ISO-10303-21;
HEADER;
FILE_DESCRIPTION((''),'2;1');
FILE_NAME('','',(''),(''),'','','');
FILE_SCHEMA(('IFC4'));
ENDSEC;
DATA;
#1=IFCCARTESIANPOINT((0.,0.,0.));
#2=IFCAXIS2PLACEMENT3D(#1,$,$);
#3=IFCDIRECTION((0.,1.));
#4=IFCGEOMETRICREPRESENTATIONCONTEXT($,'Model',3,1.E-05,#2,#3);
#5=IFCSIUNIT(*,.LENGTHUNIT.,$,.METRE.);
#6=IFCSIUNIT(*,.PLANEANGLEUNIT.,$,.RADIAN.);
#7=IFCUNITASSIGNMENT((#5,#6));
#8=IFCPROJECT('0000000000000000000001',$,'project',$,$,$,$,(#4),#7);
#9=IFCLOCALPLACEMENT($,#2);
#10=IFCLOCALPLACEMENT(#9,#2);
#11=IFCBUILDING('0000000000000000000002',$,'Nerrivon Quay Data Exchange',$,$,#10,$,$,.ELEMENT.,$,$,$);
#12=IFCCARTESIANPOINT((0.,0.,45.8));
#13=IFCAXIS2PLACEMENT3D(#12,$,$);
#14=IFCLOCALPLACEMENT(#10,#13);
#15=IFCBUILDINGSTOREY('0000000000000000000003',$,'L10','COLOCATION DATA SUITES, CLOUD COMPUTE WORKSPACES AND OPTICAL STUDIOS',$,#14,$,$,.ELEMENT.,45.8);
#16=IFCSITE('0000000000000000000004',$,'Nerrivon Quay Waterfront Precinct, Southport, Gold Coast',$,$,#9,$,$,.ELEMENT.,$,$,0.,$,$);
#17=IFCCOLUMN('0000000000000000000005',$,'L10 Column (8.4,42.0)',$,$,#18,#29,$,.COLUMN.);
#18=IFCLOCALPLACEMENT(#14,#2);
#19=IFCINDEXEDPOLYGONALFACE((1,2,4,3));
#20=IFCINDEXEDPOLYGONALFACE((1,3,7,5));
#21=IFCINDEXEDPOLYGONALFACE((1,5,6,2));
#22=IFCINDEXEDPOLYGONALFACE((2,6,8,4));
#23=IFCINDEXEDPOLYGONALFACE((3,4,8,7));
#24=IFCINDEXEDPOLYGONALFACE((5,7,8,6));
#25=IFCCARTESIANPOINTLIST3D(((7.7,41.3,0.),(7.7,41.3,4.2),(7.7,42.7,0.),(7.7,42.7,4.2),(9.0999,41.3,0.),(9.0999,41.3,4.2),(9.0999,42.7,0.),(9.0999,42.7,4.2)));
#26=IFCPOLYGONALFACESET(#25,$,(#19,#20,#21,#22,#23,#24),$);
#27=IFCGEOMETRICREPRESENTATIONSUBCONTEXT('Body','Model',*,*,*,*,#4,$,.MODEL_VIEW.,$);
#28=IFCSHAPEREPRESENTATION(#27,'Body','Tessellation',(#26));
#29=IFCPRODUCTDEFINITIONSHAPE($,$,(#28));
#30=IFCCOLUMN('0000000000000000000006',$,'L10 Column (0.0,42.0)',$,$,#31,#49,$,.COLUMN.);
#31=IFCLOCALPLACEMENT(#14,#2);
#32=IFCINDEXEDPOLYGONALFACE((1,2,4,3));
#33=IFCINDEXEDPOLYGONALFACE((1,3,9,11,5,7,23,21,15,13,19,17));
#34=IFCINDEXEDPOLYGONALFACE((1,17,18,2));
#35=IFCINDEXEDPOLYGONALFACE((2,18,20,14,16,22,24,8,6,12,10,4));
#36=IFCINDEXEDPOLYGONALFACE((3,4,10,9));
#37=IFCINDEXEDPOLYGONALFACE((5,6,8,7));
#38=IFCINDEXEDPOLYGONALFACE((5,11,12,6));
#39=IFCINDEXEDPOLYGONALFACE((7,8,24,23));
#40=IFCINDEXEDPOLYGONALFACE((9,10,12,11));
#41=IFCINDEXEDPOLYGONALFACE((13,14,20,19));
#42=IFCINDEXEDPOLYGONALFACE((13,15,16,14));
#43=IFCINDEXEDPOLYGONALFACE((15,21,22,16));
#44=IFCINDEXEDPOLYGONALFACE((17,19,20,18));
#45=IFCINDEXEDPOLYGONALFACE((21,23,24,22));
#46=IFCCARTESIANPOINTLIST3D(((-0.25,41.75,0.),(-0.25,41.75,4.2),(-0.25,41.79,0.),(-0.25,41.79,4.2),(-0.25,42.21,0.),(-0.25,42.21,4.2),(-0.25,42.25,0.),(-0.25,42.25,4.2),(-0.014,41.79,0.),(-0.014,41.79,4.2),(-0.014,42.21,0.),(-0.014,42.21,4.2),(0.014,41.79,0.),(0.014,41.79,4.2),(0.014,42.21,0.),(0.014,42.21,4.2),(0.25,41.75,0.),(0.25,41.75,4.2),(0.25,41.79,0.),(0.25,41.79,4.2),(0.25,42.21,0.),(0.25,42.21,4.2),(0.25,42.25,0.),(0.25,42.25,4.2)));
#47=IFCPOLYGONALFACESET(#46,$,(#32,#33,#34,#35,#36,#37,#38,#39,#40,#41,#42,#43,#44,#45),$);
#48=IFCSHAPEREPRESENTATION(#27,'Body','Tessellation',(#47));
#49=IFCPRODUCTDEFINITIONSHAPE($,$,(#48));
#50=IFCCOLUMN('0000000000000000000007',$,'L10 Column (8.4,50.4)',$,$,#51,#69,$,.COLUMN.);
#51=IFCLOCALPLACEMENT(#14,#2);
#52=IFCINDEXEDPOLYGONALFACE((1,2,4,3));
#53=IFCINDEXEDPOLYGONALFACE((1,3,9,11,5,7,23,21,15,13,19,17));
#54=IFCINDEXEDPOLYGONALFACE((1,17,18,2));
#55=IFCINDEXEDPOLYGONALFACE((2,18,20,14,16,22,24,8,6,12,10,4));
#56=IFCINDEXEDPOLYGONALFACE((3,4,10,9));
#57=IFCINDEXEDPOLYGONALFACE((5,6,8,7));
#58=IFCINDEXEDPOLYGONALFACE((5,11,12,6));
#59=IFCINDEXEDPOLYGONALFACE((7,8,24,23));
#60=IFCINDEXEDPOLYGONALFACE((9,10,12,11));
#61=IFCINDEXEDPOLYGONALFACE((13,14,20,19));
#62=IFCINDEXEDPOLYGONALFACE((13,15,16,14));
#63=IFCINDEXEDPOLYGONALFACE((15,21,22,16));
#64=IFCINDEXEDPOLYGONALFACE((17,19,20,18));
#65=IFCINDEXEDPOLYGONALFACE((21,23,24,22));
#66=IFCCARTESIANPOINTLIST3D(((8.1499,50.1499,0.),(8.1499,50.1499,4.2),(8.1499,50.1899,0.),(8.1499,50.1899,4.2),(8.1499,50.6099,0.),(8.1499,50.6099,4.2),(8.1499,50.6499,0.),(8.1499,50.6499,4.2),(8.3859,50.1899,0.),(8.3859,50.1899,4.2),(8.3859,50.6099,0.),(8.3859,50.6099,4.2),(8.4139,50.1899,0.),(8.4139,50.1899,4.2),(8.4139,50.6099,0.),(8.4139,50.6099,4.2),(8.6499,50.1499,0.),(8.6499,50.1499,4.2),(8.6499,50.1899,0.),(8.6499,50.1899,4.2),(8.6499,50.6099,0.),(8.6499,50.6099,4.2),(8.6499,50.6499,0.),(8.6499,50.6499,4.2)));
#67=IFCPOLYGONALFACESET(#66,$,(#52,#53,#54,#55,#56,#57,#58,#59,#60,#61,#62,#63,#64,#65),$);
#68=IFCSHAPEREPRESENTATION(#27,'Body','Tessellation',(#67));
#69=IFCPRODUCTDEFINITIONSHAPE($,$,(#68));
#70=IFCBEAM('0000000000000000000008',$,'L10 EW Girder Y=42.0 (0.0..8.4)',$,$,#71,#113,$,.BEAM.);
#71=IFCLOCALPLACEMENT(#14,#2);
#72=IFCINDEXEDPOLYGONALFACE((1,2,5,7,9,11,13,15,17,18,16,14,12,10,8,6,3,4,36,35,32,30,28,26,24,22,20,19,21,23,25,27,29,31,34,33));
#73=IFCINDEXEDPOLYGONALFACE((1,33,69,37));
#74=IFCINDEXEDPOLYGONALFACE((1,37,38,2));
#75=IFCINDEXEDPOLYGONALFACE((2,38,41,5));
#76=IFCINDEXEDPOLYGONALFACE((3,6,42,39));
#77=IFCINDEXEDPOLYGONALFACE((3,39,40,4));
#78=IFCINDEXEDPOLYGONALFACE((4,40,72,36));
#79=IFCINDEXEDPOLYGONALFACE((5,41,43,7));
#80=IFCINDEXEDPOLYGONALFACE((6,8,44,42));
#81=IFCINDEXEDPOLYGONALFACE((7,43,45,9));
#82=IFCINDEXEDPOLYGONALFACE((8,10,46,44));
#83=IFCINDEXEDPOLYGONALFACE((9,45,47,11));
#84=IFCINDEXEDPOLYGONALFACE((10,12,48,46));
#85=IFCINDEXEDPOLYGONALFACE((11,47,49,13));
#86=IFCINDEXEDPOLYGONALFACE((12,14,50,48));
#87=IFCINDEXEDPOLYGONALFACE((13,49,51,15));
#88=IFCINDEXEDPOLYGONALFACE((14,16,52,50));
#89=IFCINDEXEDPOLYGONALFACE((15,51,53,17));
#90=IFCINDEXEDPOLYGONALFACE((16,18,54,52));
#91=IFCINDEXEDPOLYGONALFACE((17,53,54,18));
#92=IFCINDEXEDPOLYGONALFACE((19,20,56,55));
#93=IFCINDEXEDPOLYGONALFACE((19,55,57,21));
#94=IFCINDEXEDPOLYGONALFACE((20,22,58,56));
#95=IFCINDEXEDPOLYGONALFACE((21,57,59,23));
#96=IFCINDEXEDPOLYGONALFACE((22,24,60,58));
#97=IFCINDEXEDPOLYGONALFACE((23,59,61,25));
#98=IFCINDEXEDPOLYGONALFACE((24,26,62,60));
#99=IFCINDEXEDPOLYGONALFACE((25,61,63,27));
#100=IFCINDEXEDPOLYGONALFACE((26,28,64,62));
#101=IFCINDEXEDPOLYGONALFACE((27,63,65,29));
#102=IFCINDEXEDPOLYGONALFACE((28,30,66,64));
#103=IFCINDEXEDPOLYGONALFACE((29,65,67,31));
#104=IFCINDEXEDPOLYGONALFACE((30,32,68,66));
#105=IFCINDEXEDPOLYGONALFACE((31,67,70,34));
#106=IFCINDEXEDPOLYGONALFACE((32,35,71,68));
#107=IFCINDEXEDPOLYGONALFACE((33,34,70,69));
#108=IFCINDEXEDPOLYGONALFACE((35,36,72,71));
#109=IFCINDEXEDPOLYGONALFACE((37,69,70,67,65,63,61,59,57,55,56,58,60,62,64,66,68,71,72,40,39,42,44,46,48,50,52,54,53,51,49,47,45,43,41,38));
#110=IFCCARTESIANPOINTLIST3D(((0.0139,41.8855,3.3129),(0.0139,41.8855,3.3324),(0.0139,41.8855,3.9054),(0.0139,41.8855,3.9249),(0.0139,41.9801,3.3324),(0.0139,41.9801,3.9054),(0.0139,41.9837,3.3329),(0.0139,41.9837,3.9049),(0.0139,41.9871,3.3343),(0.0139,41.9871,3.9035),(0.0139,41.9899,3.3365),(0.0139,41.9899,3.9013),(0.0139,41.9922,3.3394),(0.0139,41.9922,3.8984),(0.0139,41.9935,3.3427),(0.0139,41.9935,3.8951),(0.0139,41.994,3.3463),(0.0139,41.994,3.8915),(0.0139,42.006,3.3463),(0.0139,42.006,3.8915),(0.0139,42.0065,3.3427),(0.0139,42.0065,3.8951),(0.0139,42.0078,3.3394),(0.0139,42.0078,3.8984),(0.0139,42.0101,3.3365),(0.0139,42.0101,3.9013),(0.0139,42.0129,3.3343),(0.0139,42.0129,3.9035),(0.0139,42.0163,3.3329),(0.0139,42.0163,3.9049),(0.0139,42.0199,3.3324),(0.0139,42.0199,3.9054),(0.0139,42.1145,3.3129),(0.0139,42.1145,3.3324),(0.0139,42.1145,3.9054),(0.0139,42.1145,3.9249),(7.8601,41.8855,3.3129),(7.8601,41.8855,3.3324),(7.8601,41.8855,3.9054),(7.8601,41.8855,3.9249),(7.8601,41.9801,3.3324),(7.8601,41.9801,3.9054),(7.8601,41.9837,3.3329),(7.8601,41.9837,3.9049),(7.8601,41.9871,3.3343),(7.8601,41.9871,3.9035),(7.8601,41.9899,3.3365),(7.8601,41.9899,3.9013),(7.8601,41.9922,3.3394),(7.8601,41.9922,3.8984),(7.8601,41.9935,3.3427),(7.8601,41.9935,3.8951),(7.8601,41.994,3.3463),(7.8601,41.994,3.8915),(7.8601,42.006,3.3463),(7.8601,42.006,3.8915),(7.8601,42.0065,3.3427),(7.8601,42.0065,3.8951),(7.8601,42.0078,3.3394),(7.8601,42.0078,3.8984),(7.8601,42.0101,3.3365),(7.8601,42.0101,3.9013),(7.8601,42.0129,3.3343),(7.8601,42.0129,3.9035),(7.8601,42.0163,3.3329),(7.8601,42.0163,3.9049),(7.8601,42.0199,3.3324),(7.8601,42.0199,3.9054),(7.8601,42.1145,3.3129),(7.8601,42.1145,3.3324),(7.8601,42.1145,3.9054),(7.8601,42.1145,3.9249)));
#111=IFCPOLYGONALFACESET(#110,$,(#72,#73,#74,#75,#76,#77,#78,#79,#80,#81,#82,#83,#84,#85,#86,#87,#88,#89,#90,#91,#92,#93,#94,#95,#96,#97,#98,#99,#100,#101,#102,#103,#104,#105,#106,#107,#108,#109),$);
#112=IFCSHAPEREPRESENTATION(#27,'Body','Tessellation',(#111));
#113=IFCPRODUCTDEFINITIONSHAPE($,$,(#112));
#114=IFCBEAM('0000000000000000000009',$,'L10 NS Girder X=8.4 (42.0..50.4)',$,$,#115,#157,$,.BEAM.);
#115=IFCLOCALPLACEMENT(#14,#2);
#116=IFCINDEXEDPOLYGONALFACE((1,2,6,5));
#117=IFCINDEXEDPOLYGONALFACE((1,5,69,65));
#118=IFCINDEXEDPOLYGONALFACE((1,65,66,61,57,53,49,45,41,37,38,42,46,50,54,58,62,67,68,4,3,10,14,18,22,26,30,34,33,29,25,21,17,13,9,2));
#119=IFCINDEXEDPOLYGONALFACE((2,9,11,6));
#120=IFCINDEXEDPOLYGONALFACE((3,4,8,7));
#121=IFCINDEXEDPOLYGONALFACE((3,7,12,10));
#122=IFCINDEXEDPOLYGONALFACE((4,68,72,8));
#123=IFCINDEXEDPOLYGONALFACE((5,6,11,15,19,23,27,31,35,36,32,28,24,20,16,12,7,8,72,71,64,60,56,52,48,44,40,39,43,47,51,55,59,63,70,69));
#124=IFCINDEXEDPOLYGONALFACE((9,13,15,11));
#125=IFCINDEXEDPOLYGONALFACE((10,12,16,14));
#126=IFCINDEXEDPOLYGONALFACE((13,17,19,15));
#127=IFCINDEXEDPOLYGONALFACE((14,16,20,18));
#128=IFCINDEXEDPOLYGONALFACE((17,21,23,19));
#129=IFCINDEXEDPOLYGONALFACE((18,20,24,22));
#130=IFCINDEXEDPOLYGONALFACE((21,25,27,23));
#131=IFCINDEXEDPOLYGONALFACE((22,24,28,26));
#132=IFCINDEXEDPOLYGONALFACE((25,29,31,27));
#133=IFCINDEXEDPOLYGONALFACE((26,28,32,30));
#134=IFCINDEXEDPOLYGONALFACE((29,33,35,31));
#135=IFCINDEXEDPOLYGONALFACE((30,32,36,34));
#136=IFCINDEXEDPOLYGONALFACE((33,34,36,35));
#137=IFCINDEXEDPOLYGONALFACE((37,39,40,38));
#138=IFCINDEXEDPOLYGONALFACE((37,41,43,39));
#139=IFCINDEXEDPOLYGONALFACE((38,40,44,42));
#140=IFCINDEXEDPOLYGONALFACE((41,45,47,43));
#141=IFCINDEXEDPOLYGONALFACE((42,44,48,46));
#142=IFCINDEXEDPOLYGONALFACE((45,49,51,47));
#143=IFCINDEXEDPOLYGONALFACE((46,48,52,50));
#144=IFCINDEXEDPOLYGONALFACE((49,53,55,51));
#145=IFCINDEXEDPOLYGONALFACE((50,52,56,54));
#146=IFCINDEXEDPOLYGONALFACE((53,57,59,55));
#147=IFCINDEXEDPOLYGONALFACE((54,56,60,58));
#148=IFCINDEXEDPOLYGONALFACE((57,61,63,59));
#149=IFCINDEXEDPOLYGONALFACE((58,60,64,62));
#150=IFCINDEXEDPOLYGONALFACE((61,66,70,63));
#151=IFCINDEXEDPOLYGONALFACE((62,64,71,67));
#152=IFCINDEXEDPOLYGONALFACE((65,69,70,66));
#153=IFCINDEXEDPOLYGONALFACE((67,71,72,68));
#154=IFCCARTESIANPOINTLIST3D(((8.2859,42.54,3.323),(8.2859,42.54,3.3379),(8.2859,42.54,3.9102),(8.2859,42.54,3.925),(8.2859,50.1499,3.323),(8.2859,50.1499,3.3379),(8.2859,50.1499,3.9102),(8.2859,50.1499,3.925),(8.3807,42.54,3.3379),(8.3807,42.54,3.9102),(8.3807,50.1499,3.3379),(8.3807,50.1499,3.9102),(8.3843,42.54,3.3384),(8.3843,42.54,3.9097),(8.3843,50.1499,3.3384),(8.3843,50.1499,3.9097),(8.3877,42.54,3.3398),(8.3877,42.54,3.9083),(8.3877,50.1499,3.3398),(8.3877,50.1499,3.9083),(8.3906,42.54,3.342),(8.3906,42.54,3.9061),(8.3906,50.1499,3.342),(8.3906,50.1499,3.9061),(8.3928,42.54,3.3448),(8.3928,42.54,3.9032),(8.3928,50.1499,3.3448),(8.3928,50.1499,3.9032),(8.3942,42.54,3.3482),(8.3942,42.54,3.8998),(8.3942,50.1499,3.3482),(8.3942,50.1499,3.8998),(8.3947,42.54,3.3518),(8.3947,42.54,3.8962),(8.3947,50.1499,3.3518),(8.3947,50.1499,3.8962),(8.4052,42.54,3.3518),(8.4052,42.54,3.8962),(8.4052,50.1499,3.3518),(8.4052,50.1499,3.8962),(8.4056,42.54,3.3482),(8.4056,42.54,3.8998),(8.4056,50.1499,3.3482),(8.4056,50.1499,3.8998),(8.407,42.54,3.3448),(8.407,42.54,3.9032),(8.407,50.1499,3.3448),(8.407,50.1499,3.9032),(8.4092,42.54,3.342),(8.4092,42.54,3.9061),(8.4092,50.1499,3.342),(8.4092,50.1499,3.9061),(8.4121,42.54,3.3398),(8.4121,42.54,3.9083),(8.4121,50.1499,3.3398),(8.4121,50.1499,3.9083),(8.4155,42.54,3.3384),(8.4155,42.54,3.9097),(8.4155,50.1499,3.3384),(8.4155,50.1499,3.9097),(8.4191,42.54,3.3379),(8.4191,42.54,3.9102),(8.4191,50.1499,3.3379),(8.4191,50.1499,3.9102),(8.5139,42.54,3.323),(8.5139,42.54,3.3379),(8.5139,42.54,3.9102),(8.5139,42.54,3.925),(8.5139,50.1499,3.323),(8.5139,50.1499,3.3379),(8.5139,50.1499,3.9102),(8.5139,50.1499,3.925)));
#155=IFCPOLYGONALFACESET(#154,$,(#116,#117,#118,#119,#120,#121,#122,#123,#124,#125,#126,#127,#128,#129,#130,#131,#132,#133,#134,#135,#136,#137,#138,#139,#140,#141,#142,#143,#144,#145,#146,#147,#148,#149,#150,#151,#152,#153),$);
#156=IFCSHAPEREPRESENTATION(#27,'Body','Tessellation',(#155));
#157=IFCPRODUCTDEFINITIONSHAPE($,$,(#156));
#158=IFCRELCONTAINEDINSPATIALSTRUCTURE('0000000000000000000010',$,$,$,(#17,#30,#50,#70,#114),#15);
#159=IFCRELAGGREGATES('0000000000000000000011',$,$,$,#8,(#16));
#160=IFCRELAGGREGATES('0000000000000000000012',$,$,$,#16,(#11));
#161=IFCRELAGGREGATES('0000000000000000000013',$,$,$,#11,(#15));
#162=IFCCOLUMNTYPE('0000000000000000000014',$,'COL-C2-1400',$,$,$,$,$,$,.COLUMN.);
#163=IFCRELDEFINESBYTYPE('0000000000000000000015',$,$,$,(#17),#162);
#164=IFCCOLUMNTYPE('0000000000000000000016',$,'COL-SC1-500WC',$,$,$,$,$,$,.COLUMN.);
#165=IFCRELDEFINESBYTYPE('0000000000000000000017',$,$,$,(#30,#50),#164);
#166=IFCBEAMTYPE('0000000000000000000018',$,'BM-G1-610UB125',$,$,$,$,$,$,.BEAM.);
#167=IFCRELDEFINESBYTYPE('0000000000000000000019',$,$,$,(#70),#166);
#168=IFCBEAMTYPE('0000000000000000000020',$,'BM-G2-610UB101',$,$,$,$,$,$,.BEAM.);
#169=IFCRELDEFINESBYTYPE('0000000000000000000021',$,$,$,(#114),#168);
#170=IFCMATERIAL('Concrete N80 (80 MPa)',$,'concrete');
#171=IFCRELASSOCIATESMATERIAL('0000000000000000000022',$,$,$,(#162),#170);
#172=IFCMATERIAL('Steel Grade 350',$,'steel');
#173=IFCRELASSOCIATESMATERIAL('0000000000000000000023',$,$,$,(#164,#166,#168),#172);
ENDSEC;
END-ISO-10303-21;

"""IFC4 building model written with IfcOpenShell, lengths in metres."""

from ifc_helpers import new_model, si_unit, direction, frame, origin, origin_2d, place, context, subcontext, project, spatial, rectangle, i_section, extrude, material, material_profile, profile_set, type_object, element, save


model = new_model("IFC4")

# Units and contexts
model_context = context("Model", 3, precision=1e-05, world=origin(), true_north=direction((0.0, 1.0)))
body_context = subcontext(model_context, "Body", "Model", "MODEL_VIEW")
ifc_project = project(units=[si_unit("LENGTHUNIT", "METRE"), si_unit("PLANEANGLEUNIT", "RADIAN")], contexts=[model_context])

# Site, building, storey
site_placement = place(None, origin())
site = spatial("IfcSite", under=ifc_project, at=site_placement, Name="Nerrivon Quay Waterfront Precinct, Southport, Gold Coast", CompositionType="ELEMENT", RefElevation=0.0)
building_placement = place(site_placement, origin())
building = spatial("IfcBuilding", under=site, at=building_placement, Name="Nerrivon Quay Data Exchange", CompositionType="ELEMENT")
storey_placement = place(building_placement, frame((0.0, 0.0, 45.8)))
storey = spatial("IfcBuildingStorey", under=building, at=storey_placement, Name="L10", Description="COLOCATION DATA SUITES, CLOUD COMPUTE WORKSPACES AND OPTICAL STUDIOS", CompositionType="ELEMENT", Elevation=45.8)

# Columns
ifc_material_1 = material(Name="Concrete N80 (80 MPa)", Category="concrete")
ifc_material_profile_1 = material_profile(ifc_material_1, rectangle(XDim=1.3999, YDim=1.3999, at=origin_2d()), Name="RC-COL-1400x1400")
ifc_profile_set_1 = profile_set([ifc_material_profile_1], Name="Concrete N80 (80 MPa)")
column_type_1 = type_object("IfcColumnType", Name="COL-C2-1400", PredefinedType="COLUMN", material=ifc_profile_set_1)
column_placement = place(storey_placement, frame((8.3999, 42.0, 0.0), z_axis=(0.0, 0.0, 1.0), x_axis=(1.0, 0.0, 0.0)))
element("IfcColumn", 1, at=column_placement, inside=storey, type_object=column_type_1, Name="L10 Column (8.4,42.0)", PredefinedType="COLUMN", context=body_context, shape_type="SweptSolid", body=[
    extrude(rectangle(XDim=1.3999, YDim=1.3999, at=origin_2d()), origin(), (0.0, 0.0, 1.0), 4.2),
])
ifc_material_2 = material(Name="Steel Grade 350", Category="steel")
ifc_material_profile_2 = material_profile(ifc_material_2, i_section(OverallWidth=0.5, OverallDepth=0.5, WebThickness=0.0281, FlangeThickness=0.04, at=origin_2d()), Name="500WC440")
ifc_profile_set_2 = profile_set([ifc_material_profile_2], Name="Steel Grade 350")
column_type_2 = type_object("IfcColumnType", Name="COL-SC1-500WC", PredefinedType="COLUMN", material=ifc_profile_set_2)
for number, where, z_axis, x_axis, name in (
    (2, (0.0, 42.0, 0.0), (0.0, 0.0, 1.0), (1.0, 0.0, 0.0), "L10 Column (0.0,42.0)"),
    (3, (8.3999, 50.3999, 0.0), (0.0, 0.0, 1.0), (1.0, 0.0, 0.0), "L10 Column (8.4,50.4)"),
):
    element("IfcColumn", number, at=place(storey_placement, frame(where, z_axis=z_axis, x_axis=x_axis)), inside=storey, type_object=column_type_2, Name=name, PredefinedType="COLUMN", context=body_context, shape_type="SweptSolid", body=[
        extrude(i_section(OverallWidth=0.5, OverallDepth=0.5, WebThickness=0.0281, FlangeThickness=0.04, at=origin_2d()), origin(), (0.0, 0.0, 1.0), 4.2),
    ])

# Beams
ifc_material_profile_3 = material_profile(ifc_material_2, i_section(OverallWidth=0.229, OverallDepth=0.6121, WebThickness=0.012, FlangeThickness=0.0195, FilletRadius=0.0139, at=origin_2d()), Name="610UB125")
ifc_profile_set_3 = profile_set([ifc_material_profile_3], Name="Steel Grade 350")
beam_type_1 = type_object("IfcBeamType", Name="BM-G1-610UB125", PredefinedType="BEAM", material=ifc_profile_set_3)
beam_1_placement = place(storey_placement, frame((0.0139, 42.0, 3.6189), z_axis=(1.0, 0.0, 0.0), x_axis=(0.0, 1.0, 0.0)))
element("IfcBeam", 4, at=beam_1_placement, inside=storey, type_object=beam_type_1, Name="L10 EW Girder Y=42.0 (0.0..8.4)", PredefinedType="BEAM", context=body_context, shape_type="SweptSolid", body=[
    extrude(i_section(OverallWidth=0.229, OverallDepth=0.6121, WebThickness=0.012, FlangeThickness=0.0195, FilletRadius=0.0139, at=origin_2d()), origin(), (0.0, 0.0, 1.0), 7.8462),
])
ifc_material_profile_4 = material_profile(ifc_material_2, i_section(OverallWidth=0.228, OverallDepth=0.6021, WebThickness=0.0105, FlangeThickness=0.0149, FilletRadius=0.0139, at=origin_2d()), Name="610UB101")
ifc_profile_set_4 = profile_set([ifc_material_profile_4], Name="Steel Grade 350")
beam_type_2 = type_object("IfcBeamType", Name="BM-G2-610UB101", PredefinedType="BEAM", material=ifc_profile_set_4)
beam_2_placement = place(storey_placement, frame((8.3999, 42.54, 3.624), z_axis=(0.0, 1.0, 0.0), x_axis=(-1.0, 0.0, 0.0)))
element("IfcBeam", 5, at=beam_2_placement, inside=storey, type_object=beam_type_2, Name="L10 NS Girder X=8.4 (42.0..50.4)", PredefinedType="BEAM", context=body_context, shape_type="SweptSolid", body=[
    extrude(i_section(OverallWidth=0.228, OverallDepth=0.6021, WebThickness=0.0105, FlangeThickness=0.0149, FilletRadius=0.0139, at=origin_2d()), origin(), (0.0, 0.0, 1.0), 7.6099),
])

save(model, "model.ifc")
